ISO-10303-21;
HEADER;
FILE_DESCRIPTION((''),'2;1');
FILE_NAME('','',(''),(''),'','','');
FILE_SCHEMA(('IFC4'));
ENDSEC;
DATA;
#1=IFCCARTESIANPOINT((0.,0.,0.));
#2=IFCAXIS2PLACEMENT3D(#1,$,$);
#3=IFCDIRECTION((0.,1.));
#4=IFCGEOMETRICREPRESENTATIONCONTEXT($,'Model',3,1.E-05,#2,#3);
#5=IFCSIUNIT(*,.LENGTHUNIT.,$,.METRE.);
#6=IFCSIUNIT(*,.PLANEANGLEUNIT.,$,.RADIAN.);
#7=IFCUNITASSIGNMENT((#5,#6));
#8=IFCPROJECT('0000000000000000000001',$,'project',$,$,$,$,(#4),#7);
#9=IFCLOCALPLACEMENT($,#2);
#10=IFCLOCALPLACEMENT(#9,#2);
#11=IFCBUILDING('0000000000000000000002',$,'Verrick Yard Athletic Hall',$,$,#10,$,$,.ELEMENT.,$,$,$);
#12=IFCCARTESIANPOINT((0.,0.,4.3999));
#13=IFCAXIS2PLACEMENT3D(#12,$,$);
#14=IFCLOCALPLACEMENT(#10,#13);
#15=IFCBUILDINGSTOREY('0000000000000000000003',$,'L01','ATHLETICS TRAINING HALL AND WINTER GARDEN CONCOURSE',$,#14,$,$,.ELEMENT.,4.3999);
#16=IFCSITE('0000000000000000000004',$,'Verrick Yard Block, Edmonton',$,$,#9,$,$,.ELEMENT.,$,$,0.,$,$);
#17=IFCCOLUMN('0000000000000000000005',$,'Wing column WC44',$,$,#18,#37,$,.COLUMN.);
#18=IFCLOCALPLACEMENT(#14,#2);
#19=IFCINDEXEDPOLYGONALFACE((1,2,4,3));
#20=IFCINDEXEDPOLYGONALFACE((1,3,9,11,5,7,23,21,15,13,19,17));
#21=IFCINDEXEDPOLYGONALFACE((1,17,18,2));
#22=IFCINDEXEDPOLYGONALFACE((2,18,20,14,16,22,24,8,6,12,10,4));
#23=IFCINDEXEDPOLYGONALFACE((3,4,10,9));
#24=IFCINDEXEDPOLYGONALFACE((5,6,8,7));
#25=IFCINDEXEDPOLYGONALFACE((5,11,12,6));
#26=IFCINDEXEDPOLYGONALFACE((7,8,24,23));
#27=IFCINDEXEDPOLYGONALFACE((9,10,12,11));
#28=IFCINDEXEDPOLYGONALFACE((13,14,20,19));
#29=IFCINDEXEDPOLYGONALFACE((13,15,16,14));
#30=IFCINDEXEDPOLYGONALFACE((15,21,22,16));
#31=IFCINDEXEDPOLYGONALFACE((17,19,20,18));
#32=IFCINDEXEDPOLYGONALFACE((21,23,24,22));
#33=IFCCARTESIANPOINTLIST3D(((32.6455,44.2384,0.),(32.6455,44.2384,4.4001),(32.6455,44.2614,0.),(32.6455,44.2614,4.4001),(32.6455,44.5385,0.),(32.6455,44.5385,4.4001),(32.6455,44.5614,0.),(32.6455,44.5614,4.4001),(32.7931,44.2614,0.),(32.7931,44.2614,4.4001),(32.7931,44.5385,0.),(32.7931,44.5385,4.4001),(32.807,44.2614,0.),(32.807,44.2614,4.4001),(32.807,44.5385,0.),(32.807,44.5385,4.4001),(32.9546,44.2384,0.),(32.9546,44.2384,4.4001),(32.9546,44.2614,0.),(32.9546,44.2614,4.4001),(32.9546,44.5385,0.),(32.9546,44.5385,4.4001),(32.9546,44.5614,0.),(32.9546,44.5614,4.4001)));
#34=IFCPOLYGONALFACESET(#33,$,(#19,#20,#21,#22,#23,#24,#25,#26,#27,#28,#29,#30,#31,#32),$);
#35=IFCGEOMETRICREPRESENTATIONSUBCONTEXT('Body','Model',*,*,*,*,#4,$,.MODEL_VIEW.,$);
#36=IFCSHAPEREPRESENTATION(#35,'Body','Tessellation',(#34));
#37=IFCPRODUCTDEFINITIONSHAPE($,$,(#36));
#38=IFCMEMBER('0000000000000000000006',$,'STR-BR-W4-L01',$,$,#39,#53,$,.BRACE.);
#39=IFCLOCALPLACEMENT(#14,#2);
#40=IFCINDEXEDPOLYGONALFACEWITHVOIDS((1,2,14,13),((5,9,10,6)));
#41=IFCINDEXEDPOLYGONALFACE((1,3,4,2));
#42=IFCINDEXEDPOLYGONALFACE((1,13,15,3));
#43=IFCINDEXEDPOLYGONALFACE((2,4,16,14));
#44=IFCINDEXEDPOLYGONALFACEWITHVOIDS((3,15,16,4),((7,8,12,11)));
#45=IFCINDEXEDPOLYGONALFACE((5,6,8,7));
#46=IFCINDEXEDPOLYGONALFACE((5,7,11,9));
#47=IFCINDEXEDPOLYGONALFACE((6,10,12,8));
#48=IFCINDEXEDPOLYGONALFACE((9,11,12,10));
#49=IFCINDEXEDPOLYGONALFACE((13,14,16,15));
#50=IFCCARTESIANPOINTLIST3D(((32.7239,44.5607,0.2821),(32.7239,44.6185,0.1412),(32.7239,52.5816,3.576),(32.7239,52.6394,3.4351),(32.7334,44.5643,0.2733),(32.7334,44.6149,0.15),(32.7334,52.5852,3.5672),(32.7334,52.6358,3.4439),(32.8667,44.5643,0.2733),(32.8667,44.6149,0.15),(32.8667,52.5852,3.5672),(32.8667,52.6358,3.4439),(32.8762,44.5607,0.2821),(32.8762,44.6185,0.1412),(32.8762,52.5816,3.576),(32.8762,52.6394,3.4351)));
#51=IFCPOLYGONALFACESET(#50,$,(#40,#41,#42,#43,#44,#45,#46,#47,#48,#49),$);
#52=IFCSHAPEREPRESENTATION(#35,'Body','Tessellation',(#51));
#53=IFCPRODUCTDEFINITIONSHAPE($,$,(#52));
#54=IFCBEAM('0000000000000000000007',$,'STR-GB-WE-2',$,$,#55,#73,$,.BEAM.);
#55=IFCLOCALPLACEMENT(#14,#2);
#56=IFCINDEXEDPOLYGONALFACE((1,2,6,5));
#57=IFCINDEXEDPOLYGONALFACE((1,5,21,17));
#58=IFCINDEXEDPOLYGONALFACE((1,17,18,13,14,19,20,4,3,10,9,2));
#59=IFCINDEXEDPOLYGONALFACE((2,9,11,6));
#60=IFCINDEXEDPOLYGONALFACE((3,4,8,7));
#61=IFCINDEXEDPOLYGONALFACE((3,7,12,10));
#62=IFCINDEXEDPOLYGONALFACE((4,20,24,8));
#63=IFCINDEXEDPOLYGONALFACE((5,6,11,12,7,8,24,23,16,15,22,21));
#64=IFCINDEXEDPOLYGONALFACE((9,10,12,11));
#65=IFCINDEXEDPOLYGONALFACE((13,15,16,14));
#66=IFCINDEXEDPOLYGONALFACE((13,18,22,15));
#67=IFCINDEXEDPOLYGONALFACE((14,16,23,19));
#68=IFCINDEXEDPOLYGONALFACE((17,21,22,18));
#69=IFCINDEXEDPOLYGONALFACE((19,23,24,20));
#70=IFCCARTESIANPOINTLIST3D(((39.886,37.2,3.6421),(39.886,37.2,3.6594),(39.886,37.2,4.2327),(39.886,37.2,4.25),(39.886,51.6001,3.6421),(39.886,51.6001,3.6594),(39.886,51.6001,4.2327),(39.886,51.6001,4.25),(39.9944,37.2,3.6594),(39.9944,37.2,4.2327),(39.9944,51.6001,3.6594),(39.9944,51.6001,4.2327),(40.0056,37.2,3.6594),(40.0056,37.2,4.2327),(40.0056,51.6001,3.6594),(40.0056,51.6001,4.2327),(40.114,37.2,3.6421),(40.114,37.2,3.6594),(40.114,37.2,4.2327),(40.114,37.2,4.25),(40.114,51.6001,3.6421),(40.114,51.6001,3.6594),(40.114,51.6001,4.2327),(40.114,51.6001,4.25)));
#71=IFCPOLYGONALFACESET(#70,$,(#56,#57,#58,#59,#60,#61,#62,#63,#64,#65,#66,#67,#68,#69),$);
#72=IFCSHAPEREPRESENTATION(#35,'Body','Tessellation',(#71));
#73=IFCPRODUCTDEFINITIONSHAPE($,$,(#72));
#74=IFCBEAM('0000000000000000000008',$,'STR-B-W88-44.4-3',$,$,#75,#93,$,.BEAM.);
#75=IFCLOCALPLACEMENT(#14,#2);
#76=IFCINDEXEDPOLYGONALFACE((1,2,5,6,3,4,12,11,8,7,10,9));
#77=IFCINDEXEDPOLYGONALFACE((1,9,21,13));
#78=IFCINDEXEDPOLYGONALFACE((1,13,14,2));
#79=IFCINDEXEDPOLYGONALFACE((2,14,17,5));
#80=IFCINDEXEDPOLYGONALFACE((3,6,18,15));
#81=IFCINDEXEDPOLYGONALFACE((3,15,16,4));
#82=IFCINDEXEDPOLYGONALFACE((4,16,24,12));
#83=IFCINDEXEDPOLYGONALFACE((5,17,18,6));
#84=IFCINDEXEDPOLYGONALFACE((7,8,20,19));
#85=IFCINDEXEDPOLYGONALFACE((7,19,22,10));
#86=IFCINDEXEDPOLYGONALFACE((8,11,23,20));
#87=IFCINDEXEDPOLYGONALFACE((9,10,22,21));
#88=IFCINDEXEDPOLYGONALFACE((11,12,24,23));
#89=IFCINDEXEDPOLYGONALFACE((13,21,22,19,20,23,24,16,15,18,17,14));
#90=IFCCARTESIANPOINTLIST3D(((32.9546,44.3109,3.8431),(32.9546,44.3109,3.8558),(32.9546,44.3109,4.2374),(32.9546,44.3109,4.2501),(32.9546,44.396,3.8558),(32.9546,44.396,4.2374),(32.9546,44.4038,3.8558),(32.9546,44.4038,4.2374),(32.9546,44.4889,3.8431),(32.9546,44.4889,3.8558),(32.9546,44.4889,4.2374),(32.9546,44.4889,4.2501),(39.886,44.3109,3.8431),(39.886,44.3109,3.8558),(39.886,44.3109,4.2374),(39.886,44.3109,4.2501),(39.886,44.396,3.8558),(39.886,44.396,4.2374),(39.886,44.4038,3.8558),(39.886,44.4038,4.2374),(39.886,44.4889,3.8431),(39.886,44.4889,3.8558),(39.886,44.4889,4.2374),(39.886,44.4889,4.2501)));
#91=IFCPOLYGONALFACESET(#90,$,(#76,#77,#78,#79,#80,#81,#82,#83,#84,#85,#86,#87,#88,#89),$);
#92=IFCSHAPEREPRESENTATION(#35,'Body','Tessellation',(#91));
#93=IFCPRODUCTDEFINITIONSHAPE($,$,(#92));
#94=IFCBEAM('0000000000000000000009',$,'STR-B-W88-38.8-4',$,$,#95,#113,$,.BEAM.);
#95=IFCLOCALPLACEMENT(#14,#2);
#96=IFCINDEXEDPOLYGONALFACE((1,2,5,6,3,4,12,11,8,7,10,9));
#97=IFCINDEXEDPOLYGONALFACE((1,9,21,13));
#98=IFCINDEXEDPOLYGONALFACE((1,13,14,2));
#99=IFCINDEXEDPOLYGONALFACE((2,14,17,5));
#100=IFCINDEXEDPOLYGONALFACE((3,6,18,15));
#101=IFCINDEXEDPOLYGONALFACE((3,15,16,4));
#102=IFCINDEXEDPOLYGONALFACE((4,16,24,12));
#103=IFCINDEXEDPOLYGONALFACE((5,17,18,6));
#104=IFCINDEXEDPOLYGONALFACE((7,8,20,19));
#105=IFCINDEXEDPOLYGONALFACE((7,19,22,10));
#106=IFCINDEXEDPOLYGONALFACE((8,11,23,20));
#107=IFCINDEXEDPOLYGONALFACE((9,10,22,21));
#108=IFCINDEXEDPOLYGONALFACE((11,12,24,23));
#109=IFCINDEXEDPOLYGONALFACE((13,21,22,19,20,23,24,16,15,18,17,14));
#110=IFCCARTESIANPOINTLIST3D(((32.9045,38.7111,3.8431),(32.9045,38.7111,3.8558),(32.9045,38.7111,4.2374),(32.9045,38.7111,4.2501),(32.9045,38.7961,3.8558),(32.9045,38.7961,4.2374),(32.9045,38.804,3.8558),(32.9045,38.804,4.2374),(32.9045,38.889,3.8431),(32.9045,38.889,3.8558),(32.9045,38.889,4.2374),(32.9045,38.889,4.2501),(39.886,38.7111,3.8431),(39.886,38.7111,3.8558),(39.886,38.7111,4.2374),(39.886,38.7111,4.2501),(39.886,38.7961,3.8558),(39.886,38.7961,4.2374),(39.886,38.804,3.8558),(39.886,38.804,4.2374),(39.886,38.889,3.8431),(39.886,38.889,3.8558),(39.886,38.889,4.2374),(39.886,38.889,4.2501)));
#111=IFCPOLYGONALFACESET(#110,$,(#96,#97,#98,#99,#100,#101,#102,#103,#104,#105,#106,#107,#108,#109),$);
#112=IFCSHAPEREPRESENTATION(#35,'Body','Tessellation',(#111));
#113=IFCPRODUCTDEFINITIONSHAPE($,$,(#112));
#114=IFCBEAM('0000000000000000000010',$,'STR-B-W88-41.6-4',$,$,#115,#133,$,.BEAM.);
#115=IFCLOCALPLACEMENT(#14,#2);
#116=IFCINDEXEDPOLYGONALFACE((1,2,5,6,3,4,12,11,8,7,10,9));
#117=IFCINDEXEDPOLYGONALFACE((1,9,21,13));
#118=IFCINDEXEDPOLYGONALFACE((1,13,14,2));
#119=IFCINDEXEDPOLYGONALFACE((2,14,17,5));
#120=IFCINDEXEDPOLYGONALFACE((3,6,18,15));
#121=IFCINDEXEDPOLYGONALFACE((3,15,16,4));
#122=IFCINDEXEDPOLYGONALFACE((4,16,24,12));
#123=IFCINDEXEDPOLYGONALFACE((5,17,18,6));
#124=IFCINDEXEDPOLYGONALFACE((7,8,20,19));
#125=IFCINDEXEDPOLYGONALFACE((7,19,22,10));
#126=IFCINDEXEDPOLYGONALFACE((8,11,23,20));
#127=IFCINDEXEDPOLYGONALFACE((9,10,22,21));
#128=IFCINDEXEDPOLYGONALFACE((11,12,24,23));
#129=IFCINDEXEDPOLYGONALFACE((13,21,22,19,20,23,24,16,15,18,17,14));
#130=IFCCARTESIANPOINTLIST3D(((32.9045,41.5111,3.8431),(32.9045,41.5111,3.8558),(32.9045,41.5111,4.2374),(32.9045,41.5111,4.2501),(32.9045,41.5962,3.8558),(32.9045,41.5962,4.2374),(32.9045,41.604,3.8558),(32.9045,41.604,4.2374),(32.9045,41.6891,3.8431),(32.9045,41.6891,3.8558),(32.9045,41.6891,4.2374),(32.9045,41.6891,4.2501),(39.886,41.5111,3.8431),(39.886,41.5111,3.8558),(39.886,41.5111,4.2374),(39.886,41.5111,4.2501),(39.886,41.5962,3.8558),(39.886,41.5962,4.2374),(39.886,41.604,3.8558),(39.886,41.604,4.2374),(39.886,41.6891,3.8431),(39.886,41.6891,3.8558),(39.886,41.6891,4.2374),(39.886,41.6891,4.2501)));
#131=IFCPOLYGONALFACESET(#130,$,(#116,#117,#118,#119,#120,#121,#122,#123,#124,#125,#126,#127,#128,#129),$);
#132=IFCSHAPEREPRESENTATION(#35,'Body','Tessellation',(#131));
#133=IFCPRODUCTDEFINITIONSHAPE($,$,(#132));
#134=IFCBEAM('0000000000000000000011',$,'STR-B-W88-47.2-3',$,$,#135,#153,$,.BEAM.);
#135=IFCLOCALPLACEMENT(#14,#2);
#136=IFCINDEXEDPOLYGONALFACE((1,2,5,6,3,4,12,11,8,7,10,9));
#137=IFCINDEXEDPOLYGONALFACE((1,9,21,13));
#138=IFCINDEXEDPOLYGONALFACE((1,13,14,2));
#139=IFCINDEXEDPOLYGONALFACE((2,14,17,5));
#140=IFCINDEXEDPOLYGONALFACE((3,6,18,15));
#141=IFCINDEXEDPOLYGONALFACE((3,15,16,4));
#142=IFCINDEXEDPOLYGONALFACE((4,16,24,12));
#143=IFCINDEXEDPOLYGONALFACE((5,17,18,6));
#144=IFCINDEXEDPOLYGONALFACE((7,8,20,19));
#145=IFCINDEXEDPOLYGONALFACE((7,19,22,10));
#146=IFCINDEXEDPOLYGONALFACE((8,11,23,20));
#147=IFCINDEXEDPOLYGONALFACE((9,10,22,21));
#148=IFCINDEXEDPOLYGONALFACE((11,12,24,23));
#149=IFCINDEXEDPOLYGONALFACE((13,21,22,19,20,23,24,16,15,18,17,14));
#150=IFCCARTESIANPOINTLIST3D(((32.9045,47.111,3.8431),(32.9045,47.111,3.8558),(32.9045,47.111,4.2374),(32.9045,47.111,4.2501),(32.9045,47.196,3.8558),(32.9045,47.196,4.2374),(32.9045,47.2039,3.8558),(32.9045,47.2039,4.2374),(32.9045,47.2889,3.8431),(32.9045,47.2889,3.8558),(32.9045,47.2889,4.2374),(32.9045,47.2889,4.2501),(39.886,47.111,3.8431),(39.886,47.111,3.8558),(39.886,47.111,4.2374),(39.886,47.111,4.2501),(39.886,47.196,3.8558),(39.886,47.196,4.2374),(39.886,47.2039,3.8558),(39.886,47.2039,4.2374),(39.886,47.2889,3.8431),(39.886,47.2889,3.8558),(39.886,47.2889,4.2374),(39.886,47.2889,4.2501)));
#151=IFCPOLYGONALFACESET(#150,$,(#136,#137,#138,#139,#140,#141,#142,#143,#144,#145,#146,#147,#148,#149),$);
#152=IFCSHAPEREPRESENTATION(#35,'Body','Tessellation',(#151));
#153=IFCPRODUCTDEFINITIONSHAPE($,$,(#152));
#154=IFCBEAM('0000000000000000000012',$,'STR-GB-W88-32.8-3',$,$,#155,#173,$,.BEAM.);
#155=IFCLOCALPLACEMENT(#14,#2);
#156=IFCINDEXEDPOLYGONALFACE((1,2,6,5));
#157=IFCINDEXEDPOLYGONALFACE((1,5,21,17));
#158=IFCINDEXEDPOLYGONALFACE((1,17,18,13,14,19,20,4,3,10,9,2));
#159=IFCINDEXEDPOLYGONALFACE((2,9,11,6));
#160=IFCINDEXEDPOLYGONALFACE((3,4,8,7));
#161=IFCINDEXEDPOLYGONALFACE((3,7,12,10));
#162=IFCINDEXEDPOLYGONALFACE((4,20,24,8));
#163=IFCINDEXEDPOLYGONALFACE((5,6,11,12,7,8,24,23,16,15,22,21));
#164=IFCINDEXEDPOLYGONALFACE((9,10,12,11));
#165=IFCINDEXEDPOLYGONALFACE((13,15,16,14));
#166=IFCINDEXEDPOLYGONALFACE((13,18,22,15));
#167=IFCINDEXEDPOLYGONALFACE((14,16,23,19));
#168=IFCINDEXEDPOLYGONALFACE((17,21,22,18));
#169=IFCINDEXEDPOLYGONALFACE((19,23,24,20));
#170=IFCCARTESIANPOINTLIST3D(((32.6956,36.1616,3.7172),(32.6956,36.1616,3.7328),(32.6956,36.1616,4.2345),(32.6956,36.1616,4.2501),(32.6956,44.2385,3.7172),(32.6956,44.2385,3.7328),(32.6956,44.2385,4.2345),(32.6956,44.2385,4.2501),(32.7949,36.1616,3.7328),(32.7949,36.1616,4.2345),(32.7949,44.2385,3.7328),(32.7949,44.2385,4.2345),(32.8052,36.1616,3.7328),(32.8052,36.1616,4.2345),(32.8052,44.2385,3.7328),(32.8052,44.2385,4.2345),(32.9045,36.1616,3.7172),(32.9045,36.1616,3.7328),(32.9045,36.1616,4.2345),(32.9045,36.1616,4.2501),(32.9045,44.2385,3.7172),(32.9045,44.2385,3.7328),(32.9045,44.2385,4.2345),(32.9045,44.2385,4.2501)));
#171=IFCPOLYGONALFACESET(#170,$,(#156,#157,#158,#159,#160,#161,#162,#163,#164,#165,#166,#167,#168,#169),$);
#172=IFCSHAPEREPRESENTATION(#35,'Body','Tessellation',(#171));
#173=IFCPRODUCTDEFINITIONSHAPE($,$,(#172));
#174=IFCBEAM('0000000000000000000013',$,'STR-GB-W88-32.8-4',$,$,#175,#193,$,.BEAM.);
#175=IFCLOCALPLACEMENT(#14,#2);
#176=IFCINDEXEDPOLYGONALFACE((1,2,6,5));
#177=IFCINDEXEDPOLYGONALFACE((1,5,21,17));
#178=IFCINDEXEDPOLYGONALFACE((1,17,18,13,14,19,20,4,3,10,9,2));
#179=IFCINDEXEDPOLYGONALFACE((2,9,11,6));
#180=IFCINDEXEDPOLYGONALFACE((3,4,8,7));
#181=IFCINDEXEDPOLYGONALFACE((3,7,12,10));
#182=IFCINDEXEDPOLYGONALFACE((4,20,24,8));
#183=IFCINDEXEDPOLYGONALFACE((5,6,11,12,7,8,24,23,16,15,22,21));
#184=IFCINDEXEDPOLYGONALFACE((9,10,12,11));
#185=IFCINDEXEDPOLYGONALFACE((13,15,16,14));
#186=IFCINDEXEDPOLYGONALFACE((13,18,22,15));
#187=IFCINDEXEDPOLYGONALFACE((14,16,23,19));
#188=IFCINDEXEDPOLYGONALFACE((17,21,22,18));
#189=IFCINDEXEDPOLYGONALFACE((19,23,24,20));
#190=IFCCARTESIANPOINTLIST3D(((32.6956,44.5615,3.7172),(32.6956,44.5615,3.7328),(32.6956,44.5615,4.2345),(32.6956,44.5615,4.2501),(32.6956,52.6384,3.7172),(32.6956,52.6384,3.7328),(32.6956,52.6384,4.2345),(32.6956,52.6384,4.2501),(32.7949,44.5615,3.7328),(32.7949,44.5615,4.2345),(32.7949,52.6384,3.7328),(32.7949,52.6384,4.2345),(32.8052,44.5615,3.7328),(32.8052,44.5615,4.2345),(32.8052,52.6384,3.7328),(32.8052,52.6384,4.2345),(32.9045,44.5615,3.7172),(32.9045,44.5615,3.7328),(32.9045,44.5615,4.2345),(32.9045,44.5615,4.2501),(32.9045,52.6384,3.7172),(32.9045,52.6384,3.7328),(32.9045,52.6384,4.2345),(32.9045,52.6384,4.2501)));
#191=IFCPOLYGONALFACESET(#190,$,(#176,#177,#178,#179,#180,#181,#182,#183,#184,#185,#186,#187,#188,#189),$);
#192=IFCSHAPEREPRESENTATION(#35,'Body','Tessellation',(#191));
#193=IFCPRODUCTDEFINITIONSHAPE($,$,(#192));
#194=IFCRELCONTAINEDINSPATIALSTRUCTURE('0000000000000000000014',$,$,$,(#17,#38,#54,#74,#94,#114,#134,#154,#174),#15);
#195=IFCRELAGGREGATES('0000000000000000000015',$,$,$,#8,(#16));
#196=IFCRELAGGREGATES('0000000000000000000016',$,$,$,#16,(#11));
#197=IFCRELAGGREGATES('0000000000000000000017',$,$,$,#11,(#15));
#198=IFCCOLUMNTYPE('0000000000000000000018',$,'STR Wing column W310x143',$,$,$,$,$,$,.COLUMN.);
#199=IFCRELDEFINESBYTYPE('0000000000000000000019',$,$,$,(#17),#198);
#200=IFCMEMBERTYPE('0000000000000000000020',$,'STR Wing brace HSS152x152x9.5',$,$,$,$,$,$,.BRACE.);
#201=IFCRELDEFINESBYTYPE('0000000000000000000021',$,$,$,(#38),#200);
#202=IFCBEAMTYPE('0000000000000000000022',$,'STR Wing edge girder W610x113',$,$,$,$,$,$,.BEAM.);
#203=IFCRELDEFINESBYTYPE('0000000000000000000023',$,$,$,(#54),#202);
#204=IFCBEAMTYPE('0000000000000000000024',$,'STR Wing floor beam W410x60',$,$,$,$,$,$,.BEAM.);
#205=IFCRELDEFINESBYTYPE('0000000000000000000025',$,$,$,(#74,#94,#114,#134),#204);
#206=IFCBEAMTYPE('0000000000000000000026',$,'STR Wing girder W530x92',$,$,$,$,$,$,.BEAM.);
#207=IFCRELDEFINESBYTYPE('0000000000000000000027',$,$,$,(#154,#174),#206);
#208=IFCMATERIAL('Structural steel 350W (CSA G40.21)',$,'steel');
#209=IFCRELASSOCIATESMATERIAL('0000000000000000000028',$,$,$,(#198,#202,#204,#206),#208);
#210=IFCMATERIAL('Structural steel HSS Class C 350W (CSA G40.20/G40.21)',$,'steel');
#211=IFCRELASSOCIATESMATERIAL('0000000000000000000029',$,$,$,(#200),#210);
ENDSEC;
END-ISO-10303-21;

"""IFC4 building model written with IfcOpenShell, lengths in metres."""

from ifc_helpers import new_model, si_unit, direction, frame, origin, origin_2d, place, context, subcontext, project, spatial, hollow_rectangle, i_section, extrude, material, material_profile, profile_set, type_object, element, save


model = new_model("IFC4")

# Units and contexts
model_context = context("Model", 3, precision=1e-05, world=origin(), true_north=direction((0.0, 1.0)))
body_context = subcontext(model_context, "Body", "Model", "MODEL_VIEW")
ifc_project = project(units=[si_unit("LENGTHUNIT", "METRE"), si_unit("PLANEANGLEUNIT", "RADIAN")], contexts=[model_context])

# Site, building, storey
site_placement = place(None, origin())
site = spatial("IfcSite", under=ifc_project, at=site_placement, Name="Verrick Yard Block, Edmonton", CompositionType="ELEMENT", RefElevation=0.0)
building_placement = place(site_placement, origin())
building = spatial("IfcBuilding", under=site, at=building_placement, Name="Verrick Yard Athletic Hall", CompositionType="ELEMENT")
storey_placement = place(building_placement, frame((0.0, 0.0, 4.3999)))
storey = spatial("IfcBuildingStorey", under=building, at=storey_placement, Name="L01", Description="ATHLETICS TRAINING HALL AND WINTER GARDEN CONCOURSE", CompositionType="ELEMENT", Elevation=4.3999)

# Column
ifc_material_1 = material(Name="Structural steel 350W (CSA G40.21)", Category="steel")
ifc_material_profile_1 = material_profile(ifc_material_1, i_section(OverallWidth=0.3091, OverallDepth=0.323, WebThickness=0.0139, FlangeThickness=0.0229, at=origin_2d()), Name="W310x143")
ifc_profile_set_1 = profile_set([ifc_material_profile_1], Name="Structural steel 350W (CSA G40.21)")
column_type = type_object("IfcColumnType", Name="STR Wing column W310x143", PredefinedType="COLUMN", material=ifc_profile_set_1)
column_placement = place(storey_placement, frame((32.8, 44.3999, 0.0), z_axis=(0.0, 0.0, 1.0), x_axis=(1.0, 0.0, 0.0)))
element("IfcColumn", 1, at=column_placement, inside=storey, type_object=column_type, Name="Wing column WC44", PredefinedType="COLUMN", context=body_context, shape_type="SweptSolid", body=[
    extrude(i_section(OverallWidth=0.3091, OverallDepth=0.323, WebThickness=0.0139, FlangeThickness=0.0229, at=origin_2d()), origin(), (0.0, 0.0, 1.0), 4.4001),
])

# Member
ifc_material_2 = material(Name="Structural steel HSS Class C 350W (CSA G40.20/G40.21)", Category="steel")
ifc_material_profile_2 = material_profile(ifc_material_2, hollow_rectangle(XDim=0.1523, YDim=0.1523, WallThickness=0.0095, at=origin_2d()), Name="HSS152x152x9.5")
ifc_profile_set_2 = profile_set([ifc_material_profile_2], Name="Structural steel HSS Class C 350W (CSA G40.20/G40.21)")
member_type = type_object("IfcMemberType", Name="STR Wing brace HSS152x152x9.5", PredefinedType="BRACE", material=ifc_profile_set_2)
member_placement = place(storey_placement, frame((32.8, 44.5896, 0.2117), z_axis=(0.0, 0.925036, 0.37988), x_axis=(-1.0, 0.0, 0.0)))
element("IfcMember", 2, at=member_placement, inside=storey, type_object=member_type, Name="STR-BR-W4-L01", PredefinedType="BRACE", context=body_context, shape_type="SweptSolid", body=[
    extrude(hollow_rectangle(XDim=0.1523, YDim=0.1523, WallThickness=0.0095, at=origin_2d()), origin(), (0.0, 0.0, 1.0), 8.6709),
])

# Beams
ifc_material_profile_3 = material_profile(ifc_material_1, i_section(OverallWidth=0.228, OverallDepth=0.6079, WebThickness=0.0112, FlangeThickness=0.0173, at=origin_2d()), Name="W610x113")
ifc_profile_set_3 = profile_set([ifc_material_profile_3], Name="Structural steel 350W (CSA G40.21)")
beam_type_1 = type_object("IfcBeamType", Name="STR Wing edge girder W610x113", PredefinedType="BEAM", material=ifc_profile_set_3)
beam_1_placement = place(storey_placement, frame((40.0, 37.2, 3.946), z_axis=(0.0, 1.0, 0.0), x_axis=(-1.0, 0.0, 0.0)))
element("IfcBeam", 3, at=beam_1_placement, inside=storey, type_object=beam_type_1, Name="STR-GB-WE-2", PredefinedType="BEAM", context=body_context, shape_type="SweptSolid", body=[
    extrude(i_section(OverallWidth=0.228, OverallDepth=0.6079, WebThickness=0.0112, FlangeThickness=0.0173, at=origin_2d()), origin(), (0.0, 0.0, 1.0), 14.4001),
])
ifc_material_profile_4 = material_profile(ifc_material_1, i_section(OverallWidth=0.178, OverallDepth=0.407, WebThickness=0.0078, FlangeThickness=0.0127, at=origin_2d()), Name="W410x60")
ifc_profile_set_4 = profile_set([ifc_material_profile_4], Name="Structural steel 350W (CSA G40.21)")
beam_type_2 = type_object("IfcBeamType", Name="STR Wing floor beam W410x60", PredefinedType="BEAM", material=ifc_profile_set_4)
beam_2_placement = place(storey_placement, frame((32.9546, 44.3999, 4.0466), z_axis=(1.0, 0.0, 0.0), x_axis=(0.0, 1.0, 0.0)))
element("IfcBeam", 4, at=beam_2_placement, inside=storey, type_object=beam_type_2, Name="STR-B-W88-44.4-3", PredefinedType="BEAM", context=body_context, shape_type="SweptSolid", body=[
    extrude(i_section(OverallWidth=0.178, OverallDepth=0.407, WebThickness=0.0078, FlangeThickness=0.0127, at=origin_2d()), origin(), (0.0, 0.0, 1.0), 6.9314),
])
for number, where, z_axis, x_axis, name in (
    (5, (32.9045, 38.8, 4.0466), (1.0, 0.0, 0.0), (0.0, 1.0, 0.0), "STR-B-W88-38.8-4"),
    (6, (32.9045, 41.6001, 4.0466), (1.0, 0.0, 0.0), (0.0, 1.0, 0.0), "STR-B-W88-41.6-4"),
    (7, (32.9045, 47.2, 4.0466), (1.0, 0.0, 0.0), (0.0, 1.0, 0.0), "STR-B-W88-47.2-3"),
):
    element("IfcBeam", number, at=place(storey_placement, frame(where, z_axis=z_axis, x_axis=x_axis)), inside=storey, type_object=beam_type_2, Name=name, PredefinedType="BEAM", context=body_context, shape_type="SweptSolid", body=[
        extrude(i_section(OverallWidth=0.178, OverallDepth=0.407, WebThickness=0.0078, FlangeThickness=0.0127, at=origin_2d()), origin(), (0.0, 0.0, 1.0), 6.9814),
    ])
ifc_material_profile_5 = material_profile(ifc_material_1, i_section(OverallWidth=0.209, OverallDepth=0.533, WebThickness=0.0103, FlangeThickness=0.0156, at=origin_2d()), Name="W530x92")
ifc_profile_set_5 = profile_set([ifc_material_profile_5], Name="Structural steel 350W (CSA G40.21)")
beam_type_3 = type_object("IfcBeamType", Name="STR Wing girder W530x92", PredefinedType="BEAM", material=ifc_profile_set_5)
for number, where, z_axis, x_axis, name in (
    (8, (32.8, 36.1616, 3.9836), (0.0, 1.0, 0.0), (-1.0, 0.0, 0.0), "STR-GB-W88-32.8-3"),
    (9, (32.8, 44.5615, 3.9836), (0.0, 1.0, 0.0), (-1.0, 0.0, 0.0), "STR-GB-W88-32.8-4"),
):
    element("IfcBeam", number, at=place(storey_placement, frame(where, z_axis=z_axis, x_axis=x_axis)), inside=storey, type_object=beam_type_3, Name=name, PredefinedType="BEAM", context=body_context, shape_type="SweptSolid", body=[
        extrude(i_section(OverallWidth=0.209, OverallDepth=0.533, WebThickness=0.0103, FlangeThickness=0.0156, at=origin_2d()), origin(), (0.0, 0.0, 1.0), 8.0769),
    ])

save(model, "model.ifc")
